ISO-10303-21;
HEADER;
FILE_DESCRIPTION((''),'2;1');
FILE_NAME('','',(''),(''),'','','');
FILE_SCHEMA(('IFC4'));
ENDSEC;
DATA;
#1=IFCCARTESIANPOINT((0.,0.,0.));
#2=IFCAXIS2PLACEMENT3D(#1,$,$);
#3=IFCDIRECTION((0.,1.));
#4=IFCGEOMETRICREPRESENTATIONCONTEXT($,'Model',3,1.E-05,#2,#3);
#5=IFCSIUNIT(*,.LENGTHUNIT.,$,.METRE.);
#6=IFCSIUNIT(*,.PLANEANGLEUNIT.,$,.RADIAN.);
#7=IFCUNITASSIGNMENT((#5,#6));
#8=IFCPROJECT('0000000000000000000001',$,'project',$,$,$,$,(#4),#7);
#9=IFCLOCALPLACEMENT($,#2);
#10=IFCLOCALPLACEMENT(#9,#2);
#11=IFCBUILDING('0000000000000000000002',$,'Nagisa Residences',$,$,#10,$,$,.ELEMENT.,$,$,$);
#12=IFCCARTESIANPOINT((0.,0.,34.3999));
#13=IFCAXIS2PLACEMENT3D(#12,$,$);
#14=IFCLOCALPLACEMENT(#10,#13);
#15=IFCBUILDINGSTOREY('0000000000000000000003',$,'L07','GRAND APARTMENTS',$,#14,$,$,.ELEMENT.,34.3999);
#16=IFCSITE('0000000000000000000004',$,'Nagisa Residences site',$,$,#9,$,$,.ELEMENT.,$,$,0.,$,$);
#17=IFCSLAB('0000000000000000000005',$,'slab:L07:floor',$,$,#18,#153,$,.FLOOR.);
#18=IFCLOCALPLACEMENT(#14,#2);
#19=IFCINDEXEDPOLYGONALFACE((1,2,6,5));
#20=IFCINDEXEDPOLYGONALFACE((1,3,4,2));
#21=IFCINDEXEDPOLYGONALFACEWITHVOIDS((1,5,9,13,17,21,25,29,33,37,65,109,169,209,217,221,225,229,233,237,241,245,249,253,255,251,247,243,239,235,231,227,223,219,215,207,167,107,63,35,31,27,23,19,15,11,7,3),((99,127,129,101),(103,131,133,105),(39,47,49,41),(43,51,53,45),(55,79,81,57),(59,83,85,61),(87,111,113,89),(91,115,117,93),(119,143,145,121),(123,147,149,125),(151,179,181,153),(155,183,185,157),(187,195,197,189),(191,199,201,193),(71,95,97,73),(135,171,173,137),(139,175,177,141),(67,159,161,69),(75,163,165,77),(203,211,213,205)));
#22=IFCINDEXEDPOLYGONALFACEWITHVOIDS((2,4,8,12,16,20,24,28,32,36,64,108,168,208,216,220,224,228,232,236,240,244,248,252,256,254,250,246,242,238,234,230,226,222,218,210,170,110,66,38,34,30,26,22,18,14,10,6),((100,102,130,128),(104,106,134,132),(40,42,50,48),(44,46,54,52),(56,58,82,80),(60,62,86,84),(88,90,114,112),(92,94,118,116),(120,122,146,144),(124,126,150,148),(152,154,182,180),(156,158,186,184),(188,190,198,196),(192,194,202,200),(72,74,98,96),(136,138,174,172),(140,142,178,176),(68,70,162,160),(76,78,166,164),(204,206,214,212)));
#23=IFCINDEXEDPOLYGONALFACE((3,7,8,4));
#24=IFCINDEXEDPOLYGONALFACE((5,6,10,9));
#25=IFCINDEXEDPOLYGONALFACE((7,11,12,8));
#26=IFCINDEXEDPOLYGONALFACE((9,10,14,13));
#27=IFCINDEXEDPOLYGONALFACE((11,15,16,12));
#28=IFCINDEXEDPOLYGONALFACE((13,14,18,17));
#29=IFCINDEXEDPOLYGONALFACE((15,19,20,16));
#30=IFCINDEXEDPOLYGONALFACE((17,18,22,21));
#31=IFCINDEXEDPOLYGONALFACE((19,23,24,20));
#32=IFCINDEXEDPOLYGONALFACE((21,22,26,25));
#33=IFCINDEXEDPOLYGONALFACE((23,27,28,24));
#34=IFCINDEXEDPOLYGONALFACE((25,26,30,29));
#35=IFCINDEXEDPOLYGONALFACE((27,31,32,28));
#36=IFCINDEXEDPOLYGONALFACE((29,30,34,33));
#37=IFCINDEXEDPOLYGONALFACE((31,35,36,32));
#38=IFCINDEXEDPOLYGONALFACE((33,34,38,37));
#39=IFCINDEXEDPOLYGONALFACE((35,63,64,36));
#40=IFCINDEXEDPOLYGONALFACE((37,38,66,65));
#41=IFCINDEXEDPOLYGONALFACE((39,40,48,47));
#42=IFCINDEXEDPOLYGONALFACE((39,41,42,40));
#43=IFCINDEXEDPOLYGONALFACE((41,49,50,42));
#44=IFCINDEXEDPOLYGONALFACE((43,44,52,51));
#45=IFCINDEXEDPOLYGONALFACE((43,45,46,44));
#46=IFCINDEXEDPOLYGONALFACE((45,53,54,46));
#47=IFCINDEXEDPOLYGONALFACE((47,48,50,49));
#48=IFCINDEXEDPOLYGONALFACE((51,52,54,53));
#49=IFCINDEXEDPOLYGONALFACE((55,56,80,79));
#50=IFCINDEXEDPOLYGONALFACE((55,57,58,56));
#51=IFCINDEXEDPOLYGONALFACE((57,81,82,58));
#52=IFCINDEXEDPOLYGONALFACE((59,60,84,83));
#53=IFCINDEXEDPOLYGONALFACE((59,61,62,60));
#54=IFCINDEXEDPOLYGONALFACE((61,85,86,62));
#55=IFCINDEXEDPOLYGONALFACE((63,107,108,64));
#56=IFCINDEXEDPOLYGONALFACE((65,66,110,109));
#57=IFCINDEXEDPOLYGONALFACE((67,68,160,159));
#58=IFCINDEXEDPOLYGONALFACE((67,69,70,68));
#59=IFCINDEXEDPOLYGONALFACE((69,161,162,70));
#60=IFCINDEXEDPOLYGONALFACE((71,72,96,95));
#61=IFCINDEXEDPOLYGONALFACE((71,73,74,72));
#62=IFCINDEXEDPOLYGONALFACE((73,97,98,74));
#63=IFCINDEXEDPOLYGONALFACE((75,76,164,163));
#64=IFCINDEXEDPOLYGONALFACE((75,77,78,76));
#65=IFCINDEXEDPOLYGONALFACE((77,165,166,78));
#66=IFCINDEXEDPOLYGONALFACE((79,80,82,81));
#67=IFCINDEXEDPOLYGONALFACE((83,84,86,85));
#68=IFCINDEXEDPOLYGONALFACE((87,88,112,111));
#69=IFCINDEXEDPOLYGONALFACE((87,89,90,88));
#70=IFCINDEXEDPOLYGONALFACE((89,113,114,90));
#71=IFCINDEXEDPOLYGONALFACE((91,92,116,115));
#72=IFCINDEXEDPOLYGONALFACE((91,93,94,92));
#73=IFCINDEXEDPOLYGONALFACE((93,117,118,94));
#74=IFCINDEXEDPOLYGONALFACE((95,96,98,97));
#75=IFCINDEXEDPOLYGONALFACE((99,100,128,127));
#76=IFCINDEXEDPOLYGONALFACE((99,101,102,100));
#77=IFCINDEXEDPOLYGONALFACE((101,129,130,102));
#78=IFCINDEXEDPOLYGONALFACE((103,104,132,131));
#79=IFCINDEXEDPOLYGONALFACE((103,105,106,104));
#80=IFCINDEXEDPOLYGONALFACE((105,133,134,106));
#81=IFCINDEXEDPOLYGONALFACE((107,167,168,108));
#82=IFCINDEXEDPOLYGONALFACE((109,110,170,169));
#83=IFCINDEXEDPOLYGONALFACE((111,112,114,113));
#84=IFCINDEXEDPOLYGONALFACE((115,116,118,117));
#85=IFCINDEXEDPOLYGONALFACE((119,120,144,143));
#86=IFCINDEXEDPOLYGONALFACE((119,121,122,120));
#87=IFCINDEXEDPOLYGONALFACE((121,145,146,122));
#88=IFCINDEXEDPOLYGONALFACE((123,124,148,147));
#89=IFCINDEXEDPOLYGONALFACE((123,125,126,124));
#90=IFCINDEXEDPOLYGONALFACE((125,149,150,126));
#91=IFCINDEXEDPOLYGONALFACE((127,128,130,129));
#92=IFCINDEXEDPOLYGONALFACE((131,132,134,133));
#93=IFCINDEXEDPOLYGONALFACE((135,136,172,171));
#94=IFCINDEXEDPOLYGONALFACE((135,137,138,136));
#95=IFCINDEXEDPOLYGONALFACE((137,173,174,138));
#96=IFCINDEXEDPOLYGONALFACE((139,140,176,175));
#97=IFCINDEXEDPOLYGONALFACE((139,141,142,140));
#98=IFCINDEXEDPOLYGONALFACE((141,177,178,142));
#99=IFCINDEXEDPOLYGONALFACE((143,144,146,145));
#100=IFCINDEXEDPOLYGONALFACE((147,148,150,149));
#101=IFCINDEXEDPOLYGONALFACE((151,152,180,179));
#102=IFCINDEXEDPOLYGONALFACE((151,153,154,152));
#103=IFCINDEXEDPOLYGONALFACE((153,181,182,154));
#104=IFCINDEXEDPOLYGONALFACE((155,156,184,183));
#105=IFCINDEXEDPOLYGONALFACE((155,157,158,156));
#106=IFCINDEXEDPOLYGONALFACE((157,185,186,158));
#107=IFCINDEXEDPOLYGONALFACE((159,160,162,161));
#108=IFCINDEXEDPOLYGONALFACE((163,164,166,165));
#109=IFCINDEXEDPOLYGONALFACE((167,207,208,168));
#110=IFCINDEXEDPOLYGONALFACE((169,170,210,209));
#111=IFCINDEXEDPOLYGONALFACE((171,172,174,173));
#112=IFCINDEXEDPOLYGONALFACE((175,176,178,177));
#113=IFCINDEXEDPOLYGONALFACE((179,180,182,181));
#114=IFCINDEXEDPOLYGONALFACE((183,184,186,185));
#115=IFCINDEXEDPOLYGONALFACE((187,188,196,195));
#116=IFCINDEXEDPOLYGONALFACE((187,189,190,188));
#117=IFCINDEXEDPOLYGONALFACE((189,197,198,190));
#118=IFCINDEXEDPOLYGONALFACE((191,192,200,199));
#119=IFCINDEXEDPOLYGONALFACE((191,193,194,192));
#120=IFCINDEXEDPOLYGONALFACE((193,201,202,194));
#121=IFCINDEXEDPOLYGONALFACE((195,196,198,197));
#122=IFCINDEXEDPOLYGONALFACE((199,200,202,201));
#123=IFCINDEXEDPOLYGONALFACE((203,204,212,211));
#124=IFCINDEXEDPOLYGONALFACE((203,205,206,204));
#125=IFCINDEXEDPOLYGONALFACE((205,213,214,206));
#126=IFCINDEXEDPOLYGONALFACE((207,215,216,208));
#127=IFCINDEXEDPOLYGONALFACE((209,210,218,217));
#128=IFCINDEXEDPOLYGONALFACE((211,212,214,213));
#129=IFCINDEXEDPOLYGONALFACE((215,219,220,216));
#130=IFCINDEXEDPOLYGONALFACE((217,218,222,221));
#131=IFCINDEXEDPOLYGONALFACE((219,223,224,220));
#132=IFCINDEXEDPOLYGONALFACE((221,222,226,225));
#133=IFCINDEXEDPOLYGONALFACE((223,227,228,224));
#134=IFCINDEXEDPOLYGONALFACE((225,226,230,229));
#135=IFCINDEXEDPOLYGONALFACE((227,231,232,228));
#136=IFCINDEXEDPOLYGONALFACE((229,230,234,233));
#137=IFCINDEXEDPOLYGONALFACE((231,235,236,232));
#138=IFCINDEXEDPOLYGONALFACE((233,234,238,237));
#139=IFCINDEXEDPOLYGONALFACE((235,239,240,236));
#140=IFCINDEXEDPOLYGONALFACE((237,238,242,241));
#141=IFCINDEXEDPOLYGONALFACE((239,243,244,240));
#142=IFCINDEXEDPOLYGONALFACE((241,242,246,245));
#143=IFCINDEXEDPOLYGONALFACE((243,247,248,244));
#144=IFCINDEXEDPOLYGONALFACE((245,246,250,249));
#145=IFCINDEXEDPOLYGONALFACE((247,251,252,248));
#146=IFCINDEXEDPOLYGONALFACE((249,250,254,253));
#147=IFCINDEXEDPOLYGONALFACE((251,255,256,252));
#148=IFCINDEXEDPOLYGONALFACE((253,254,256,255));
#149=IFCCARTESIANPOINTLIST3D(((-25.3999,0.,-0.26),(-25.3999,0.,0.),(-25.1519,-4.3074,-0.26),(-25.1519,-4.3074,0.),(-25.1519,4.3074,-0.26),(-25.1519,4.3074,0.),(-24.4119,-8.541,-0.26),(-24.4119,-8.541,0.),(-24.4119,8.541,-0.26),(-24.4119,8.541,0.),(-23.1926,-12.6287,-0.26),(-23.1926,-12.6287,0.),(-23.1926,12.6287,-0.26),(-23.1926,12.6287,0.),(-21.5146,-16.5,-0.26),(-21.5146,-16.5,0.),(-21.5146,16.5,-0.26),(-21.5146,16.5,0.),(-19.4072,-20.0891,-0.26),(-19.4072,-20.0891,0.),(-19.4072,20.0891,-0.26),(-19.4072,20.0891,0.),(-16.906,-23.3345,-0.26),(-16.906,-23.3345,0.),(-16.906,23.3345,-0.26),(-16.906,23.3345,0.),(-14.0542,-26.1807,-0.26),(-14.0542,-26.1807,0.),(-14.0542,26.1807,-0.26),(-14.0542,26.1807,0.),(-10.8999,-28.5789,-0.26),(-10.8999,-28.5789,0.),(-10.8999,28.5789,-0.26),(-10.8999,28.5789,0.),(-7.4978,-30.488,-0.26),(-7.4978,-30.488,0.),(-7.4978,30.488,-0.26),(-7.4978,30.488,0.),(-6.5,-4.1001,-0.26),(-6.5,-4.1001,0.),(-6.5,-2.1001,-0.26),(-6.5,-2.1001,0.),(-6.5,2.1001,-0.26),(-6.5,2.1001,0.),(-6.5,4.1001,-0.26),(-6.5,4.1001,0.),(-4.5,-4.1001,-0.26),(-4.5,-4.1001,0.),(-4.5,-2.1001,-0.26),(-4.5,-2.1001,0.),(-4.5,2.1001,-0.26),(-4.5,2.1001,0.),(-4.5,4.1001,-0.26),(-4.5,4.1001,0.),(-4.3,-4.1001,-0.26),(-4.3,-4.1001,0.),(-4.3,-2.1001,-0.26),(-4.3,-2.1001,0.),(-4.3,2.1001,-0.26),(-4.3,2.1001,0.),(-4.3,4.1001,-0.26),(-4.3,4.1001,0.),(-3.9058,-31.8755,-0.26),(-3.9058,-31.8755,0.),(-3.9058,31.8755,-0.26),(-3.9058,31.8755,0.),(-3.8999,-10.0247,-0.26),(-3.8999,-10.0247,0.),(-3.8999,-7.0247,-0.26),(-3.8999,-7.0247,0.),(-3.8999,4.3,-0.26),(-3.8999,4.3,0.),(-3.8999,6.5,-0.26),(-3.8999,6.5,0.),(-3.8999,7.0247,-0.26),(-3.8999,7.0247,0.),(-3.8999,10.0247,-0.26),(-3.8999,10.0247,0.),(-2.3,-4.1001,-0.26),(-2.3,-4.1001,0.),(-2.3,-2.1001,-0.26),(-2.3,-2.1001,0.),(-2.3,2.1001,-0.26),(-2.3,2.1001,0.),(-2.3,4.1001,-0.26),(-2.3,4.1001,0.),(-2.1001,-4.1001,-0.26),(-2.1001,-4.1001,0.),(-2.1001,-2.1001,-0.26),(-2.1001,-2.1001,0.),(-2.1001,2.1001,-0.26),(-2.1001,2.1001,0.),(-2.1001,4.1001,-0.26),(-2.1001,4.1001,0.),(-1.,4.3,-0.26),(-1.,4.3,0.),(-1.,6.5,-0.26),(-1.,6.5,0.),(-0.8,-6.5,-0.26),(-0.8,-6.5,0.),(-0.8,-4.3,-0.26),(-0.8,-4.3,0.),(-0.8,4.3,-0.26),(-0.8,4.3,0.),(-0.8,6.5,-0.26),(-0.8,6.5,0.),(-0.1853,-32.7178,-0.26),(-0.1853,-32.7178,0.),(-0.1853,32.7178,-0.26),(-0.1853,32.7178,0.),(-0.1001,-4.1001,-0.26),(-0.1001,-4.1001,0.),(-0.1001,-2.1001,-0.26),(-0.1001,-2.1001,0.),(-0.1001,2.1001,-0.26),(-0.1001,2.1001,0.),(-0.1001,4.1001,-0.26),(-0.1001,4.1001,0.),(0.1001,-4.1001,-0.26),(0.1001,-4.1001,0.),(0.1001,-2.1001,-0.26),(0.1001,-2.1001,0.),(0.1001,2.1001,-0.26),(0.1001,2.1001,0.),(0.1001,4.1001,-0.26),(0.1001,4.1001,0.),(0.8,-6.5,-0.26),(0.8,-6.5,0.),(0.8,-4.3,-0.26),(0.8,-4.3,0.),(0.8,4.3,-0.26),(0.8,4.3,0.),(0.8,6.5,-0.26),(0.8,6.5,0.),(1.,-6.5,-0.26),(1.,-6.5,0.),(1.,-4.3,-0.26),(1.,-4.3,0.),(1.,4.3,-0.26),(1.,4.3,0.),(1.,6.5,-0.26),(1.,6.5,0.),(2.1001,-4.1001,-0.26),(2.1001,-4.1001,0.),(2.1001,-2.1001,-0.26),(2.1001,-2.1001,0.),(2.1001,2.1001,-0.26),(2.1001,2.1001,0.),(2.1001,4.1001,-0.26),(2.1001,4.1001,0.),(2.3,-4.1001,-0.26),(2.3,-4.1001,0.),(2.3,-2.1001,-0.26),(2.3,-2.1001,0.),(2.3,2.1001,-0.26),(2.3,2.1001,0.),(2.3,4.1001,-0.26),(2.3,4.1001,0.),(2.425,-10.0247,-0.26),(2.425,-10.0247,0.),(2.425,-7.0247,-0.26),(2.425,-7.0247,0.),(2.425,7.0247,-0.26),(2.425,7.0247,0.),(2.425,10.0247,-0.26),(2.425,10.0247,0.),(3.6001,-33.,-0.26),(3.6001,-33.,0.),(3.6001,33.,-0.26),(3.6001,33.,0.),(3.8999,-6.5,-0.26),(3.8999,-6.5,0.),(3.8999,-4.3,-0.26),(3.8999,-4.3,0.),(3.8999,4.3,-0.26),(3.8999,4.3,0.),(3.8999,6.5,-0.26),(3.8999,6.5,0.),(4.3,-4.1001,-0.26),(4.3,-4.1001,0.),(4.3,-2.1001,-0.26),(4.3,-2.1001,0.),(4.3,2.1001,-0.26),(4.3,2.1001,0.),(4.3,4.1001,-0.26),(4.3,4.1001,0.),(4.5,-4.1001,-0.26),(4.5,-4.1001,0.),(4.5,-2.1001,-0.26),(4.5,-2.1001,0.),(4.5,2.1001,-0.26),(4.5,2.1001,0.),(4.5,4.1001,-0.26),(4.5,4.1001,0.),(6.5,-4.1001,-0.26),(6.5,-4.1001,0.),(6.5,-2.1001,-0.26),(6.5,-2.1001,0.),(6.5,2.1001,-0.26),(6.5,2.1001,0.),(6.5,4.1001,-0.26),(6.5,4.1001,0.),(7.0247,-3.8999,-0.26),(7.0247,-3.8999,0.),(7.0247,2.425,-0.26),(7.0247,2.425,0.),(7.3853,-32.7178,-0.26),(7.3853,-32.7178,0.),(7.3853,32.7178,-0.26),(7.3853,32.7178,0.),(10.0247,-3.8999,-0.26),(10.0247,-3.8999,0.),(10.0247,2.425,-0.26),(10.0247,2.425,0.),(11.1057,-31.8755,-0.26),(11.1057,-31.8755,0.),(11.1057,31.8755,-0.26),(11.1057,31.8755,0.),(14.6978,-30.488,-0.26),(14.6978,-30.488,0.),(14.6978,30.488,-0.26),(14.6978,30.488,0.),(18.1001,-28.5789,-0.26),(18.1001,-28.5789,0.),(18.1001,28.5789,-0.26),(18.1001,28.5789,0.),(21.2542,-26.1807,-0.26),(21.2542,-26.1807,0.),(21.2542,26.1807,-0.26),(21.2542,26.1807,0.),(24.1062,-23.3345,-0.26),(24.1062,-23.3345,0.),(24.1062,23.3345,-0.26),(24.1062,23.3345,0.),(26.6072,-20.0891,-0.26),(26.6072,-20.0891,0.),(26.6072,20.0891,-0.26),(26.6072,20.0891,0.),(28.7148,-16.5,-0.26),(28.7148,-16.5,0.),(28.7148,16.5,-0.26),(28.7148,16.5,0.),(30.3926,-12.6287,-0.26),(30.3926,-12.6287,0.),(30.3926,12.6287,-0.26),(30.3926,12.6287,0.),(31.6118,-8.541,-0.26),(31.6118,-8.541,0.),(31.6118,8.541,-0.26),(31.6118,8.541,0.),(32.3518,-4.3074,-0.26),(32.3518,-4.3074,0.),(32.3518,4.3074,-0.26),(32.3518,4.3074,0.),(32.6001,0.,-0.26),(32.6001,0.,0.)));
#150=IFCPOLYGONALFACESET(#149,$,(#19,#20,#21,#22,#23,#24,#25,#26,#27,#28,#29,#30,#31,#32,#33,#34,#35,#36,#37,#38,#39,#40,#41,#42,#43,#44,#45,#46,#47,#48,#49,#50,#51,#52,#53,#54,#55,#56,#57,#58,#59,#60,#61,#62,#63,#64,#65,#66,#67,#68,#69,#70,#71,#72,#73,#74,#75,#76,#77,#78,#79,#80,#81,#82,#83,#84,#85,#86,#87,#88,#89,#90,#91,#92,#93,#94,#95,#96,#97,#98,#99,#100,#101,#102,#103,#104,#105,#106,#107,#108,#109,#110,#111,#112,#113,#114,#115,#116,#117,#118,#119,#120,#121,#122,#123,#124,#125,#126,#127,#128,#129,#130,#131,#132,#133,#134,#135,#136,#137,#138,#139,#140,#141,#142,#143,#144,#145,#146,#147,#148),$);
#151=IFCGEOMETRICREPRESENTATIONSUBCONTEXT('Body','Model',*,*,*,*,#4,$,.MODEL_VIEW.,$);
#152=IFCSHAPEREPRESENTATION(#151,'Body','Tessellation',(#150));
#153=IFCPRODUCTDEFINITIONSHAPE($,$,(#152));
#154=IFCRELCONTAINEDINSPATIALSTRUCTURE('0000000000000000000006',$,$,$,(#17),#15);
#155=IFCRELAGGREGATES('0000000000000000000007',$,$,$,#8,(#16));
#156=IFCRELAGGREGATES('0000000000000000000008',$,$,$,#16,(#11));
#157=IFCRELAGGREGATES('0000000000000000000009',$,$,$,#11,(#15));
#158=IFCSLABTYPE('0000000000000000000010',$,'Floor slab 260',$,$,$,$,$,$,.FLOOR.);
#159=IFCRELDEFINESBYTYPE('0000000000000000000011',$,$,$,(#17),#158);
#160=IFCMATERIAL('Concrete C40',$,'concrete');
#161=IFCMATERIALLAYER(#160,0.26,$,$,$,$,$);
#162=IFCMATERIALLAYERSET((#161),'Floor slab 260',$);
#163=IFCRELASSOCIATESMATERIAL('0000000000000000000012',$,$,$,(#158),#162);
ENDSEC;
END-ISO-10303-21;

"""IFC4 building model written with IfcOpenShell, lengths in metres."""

from ifc_helpers import new_model, si_unit, direction, frame, origin, place, context, subcontext, project, spatial, polyline, outline, extrude, material, layer, layer_set, type_object, element, save


model = new_model("IFC4")

# Units and contexts
model_context = context("Model", 3, precision=1e-05, world=origin(), true_north=direction((0.0, 1.0)))
body_context = subcontext(model_context, "Body", "Model", "MODEL_VIEW")
ifc_project = project(units=[si_unit("LENGTHUNIT", "METRE"), si_unit("PLANEANGLEUNIT", "RADIAN")], contexts=[model_context])

# Site, building, storey
site_placement = place(None, origin())
site = spatial("IfcSite", under=ifc_project, at=site_placement, Name="Nagisa Residences site", CompositionType="ELEMENT", RefElevation=0.0)
building_placement = place(site_placement, origin())
building = spatial("IfcBuilding", under=site, at=building_placement, Name="Nagisa Residences", CompositionType="ELEMENT")
storey_placement = place(building_placement, frame((0.0, 0.0, 34.3999)))
storey = spatial("IfcBuildingStorey", under=building, at=storey_placement, Name="L07", Description="GRAND APARTMENTS", CompositionType="ELEMENT", Elevation=34.3999)

# Slab
ifc_material_1 = material(Name="Concrete C40", Category="concrete")
ifc_layer_1 = layer(ifc_material_1, 0.26)
ifc_layer_set_1 = layer_set([ifc_layer_1], Name="Floor slab 260")
slab_type_1 = type_object("IfcSlabType", Name="Floor slab 260", PredefinedType="FLOOR", material=ifc_layer_set_1)
slab_1_placement = place(storey_placement, frame((0.0, 0.0, -0.26)))
element("IfcSlab", 1, at=slab_1_placement, inside=storey, type_object=slab_type_1, Name="slab:L07:floor", PredefinedType="FLOOR", context=body_context, shape_type="SweptSolid", body=[
    extrude(outline(polyline([(32.6001, 0.0), (32.3518, 4.3074), (31.6118, 8.541), (30.3926, 12.6287), (28.7148, 16.5), (26.6072, 20.0891), (24.1062, 23.3345), (21.2542, 26.1807), (18.1001, 28.5789), (14.6978, 30.488), (11.1057, 31.8755), (7.3853, 32.7178), (3.6001, 33.0), (-0.1853, 32.7178), (-3.9058, 31.8755), (-7.4978, 30.488), (-10.8999, 28.5789), (-14.0542, 26.1807), (-16.906, 23.3345), (-19.4072, 20.0891), (-21.5146, 16.5), (-23.1926, 12.6287), (-24.4119, 8.541), (-25.1519, 4.3074), (-25.3999, 0.0), (-25.1519, -4.3074), (-24.4119, -8.541), (-23.1926, -12.6287), (-21.5146, -16.5), (-19.4072, -20.0891), (-16.906, -23.3345), (-14.0542, -26.1807), (-10.8999, -28.5789), (-7.4978, -30.488), (-3.9058, -31.8755), (-0.1853, -32.7178), (3.6001, -33.0), (7.3853, -32.7178), (11.1057, -31.8755), (14.6978, -30.488), (18.1001, -28.5789), (21.2542, -26.1807), (24.1062, -23.3345), (26.6072, -20.0891), (28.7148, -16.5), (30.3926, -12.6287), (31.6118, -8.541), (32.3518, -4.3074), (32.6001, 0.0)]), holes=[polyline([(-4.5, 2.1001), (-4.5, 4.1001), (-6.5, 4.1001), (-6.5, 2.1001), (-4.5, 2.1001)]), polyline([(-2.3, 2.1001), (-2.3, 4.1001), (-4.3, 4.1001), (-4.3, 2.1001), (-2.3, 2.1001)]), polyline([(-0.1001, 2.1001), (-0.1001, 4.1001), (-2.1001, 4.1001), (-2.1001, 2.1001), (-0.1001, 2.1001)]), polyline([(2.1001, 2.1001), (2.1001, 4.1001), (0.1001, 4.1001), (0.1001, 2.1001), (2.1001, 2.1001)]), polyline([(4.3, 2.1001), (4.3, 4.1001), (2.3, 4.1001), (2.3, 2.1001), (4.3, 2.1001)]), polyline([(6.5, 2.1001), (6.5, 4.1001), (4.5, 4.1001), (4.5, 2.1001), (6.5, 2.1001)]), polyline([(-4.5, -4.1001), (-4.5, -2.1001), (-6.5, -2.1001), (-6.5, -4.1001), (-4.5, -4.1001)]), polyline([(-2.3, -4.1001), (-2.3, -2.1001), (-4.3, -2.1001), (-4.3, -4.1001), (-2.3, -4.1001)]), polyline([(-0.1001, -4.1001), (-0.1001, -2.1001), (-2.1001, -2.1001), (-2.1001, -4.1001), (-0.1001, -4.1001)]), polyline([(2.1001, -4.1001), (2.1001, -2.1001), (0.1001, -2.1001), (0.1001, -4.1001), (2.1001, -4.1001)]), polyline([(4.3, -4.1001), (4.3, -2.1001), (2.3, -2.1001), (2.3, -4.1001), (4.3, -4.1001)]), polyline([(6.5, -4.1001), (6.5, -2.1001), (4.5, -2.1001), (4.5, -4.1001), (6.5, -4.1001)]), polyline([(3.8999, 4.3), (3.8999, 6.5), (1.0, 6.5), (1.0, 4.3), (3.8999, 4.3)]), polyline([(3.8999, -6.5), (3.8999, -4.3), (1.0, -4.3), (1.0, -6.5), (3.8999, -6.5)]), polyline([(-1.0, 4.3), (-1.0, 6.5), (-3.8999, 6.5), (-3.8999, 4.3), (-1.0, 4.3)]), polyline([(0.8, 4.3), (0.8, 6.5), (-0.8, 6.5), (-0.8, 4.3), (0.8, 4.3)]), polyline([(0.8, -6.5), (0.8, -4.3), (-0.8, -4.3), (-0.8, -6.5), (0.8, -6.5)]), polyline([(10.0247, -3.8999), (7.0247, -3.8999), (7.0247, 2.425), (10.0247, 2.425), (10.0247, -3.8999)]), polyline([(-3.8999, 7.0247), (-3.8999, 10.0247), (2.425, 10.0247), (2.425, 7.0247), (-3.8999, 7.0247)]), polyline([(-3.8999, -10.0247), (-3.8999, -7.0247), (2.425, -7.0247), (2.425, -10.0247), (-3.8999, -10.0247)])]), origin(), (0.0, 0.0, 1.0), 0.26),
])

save(model, "model.ifc")
